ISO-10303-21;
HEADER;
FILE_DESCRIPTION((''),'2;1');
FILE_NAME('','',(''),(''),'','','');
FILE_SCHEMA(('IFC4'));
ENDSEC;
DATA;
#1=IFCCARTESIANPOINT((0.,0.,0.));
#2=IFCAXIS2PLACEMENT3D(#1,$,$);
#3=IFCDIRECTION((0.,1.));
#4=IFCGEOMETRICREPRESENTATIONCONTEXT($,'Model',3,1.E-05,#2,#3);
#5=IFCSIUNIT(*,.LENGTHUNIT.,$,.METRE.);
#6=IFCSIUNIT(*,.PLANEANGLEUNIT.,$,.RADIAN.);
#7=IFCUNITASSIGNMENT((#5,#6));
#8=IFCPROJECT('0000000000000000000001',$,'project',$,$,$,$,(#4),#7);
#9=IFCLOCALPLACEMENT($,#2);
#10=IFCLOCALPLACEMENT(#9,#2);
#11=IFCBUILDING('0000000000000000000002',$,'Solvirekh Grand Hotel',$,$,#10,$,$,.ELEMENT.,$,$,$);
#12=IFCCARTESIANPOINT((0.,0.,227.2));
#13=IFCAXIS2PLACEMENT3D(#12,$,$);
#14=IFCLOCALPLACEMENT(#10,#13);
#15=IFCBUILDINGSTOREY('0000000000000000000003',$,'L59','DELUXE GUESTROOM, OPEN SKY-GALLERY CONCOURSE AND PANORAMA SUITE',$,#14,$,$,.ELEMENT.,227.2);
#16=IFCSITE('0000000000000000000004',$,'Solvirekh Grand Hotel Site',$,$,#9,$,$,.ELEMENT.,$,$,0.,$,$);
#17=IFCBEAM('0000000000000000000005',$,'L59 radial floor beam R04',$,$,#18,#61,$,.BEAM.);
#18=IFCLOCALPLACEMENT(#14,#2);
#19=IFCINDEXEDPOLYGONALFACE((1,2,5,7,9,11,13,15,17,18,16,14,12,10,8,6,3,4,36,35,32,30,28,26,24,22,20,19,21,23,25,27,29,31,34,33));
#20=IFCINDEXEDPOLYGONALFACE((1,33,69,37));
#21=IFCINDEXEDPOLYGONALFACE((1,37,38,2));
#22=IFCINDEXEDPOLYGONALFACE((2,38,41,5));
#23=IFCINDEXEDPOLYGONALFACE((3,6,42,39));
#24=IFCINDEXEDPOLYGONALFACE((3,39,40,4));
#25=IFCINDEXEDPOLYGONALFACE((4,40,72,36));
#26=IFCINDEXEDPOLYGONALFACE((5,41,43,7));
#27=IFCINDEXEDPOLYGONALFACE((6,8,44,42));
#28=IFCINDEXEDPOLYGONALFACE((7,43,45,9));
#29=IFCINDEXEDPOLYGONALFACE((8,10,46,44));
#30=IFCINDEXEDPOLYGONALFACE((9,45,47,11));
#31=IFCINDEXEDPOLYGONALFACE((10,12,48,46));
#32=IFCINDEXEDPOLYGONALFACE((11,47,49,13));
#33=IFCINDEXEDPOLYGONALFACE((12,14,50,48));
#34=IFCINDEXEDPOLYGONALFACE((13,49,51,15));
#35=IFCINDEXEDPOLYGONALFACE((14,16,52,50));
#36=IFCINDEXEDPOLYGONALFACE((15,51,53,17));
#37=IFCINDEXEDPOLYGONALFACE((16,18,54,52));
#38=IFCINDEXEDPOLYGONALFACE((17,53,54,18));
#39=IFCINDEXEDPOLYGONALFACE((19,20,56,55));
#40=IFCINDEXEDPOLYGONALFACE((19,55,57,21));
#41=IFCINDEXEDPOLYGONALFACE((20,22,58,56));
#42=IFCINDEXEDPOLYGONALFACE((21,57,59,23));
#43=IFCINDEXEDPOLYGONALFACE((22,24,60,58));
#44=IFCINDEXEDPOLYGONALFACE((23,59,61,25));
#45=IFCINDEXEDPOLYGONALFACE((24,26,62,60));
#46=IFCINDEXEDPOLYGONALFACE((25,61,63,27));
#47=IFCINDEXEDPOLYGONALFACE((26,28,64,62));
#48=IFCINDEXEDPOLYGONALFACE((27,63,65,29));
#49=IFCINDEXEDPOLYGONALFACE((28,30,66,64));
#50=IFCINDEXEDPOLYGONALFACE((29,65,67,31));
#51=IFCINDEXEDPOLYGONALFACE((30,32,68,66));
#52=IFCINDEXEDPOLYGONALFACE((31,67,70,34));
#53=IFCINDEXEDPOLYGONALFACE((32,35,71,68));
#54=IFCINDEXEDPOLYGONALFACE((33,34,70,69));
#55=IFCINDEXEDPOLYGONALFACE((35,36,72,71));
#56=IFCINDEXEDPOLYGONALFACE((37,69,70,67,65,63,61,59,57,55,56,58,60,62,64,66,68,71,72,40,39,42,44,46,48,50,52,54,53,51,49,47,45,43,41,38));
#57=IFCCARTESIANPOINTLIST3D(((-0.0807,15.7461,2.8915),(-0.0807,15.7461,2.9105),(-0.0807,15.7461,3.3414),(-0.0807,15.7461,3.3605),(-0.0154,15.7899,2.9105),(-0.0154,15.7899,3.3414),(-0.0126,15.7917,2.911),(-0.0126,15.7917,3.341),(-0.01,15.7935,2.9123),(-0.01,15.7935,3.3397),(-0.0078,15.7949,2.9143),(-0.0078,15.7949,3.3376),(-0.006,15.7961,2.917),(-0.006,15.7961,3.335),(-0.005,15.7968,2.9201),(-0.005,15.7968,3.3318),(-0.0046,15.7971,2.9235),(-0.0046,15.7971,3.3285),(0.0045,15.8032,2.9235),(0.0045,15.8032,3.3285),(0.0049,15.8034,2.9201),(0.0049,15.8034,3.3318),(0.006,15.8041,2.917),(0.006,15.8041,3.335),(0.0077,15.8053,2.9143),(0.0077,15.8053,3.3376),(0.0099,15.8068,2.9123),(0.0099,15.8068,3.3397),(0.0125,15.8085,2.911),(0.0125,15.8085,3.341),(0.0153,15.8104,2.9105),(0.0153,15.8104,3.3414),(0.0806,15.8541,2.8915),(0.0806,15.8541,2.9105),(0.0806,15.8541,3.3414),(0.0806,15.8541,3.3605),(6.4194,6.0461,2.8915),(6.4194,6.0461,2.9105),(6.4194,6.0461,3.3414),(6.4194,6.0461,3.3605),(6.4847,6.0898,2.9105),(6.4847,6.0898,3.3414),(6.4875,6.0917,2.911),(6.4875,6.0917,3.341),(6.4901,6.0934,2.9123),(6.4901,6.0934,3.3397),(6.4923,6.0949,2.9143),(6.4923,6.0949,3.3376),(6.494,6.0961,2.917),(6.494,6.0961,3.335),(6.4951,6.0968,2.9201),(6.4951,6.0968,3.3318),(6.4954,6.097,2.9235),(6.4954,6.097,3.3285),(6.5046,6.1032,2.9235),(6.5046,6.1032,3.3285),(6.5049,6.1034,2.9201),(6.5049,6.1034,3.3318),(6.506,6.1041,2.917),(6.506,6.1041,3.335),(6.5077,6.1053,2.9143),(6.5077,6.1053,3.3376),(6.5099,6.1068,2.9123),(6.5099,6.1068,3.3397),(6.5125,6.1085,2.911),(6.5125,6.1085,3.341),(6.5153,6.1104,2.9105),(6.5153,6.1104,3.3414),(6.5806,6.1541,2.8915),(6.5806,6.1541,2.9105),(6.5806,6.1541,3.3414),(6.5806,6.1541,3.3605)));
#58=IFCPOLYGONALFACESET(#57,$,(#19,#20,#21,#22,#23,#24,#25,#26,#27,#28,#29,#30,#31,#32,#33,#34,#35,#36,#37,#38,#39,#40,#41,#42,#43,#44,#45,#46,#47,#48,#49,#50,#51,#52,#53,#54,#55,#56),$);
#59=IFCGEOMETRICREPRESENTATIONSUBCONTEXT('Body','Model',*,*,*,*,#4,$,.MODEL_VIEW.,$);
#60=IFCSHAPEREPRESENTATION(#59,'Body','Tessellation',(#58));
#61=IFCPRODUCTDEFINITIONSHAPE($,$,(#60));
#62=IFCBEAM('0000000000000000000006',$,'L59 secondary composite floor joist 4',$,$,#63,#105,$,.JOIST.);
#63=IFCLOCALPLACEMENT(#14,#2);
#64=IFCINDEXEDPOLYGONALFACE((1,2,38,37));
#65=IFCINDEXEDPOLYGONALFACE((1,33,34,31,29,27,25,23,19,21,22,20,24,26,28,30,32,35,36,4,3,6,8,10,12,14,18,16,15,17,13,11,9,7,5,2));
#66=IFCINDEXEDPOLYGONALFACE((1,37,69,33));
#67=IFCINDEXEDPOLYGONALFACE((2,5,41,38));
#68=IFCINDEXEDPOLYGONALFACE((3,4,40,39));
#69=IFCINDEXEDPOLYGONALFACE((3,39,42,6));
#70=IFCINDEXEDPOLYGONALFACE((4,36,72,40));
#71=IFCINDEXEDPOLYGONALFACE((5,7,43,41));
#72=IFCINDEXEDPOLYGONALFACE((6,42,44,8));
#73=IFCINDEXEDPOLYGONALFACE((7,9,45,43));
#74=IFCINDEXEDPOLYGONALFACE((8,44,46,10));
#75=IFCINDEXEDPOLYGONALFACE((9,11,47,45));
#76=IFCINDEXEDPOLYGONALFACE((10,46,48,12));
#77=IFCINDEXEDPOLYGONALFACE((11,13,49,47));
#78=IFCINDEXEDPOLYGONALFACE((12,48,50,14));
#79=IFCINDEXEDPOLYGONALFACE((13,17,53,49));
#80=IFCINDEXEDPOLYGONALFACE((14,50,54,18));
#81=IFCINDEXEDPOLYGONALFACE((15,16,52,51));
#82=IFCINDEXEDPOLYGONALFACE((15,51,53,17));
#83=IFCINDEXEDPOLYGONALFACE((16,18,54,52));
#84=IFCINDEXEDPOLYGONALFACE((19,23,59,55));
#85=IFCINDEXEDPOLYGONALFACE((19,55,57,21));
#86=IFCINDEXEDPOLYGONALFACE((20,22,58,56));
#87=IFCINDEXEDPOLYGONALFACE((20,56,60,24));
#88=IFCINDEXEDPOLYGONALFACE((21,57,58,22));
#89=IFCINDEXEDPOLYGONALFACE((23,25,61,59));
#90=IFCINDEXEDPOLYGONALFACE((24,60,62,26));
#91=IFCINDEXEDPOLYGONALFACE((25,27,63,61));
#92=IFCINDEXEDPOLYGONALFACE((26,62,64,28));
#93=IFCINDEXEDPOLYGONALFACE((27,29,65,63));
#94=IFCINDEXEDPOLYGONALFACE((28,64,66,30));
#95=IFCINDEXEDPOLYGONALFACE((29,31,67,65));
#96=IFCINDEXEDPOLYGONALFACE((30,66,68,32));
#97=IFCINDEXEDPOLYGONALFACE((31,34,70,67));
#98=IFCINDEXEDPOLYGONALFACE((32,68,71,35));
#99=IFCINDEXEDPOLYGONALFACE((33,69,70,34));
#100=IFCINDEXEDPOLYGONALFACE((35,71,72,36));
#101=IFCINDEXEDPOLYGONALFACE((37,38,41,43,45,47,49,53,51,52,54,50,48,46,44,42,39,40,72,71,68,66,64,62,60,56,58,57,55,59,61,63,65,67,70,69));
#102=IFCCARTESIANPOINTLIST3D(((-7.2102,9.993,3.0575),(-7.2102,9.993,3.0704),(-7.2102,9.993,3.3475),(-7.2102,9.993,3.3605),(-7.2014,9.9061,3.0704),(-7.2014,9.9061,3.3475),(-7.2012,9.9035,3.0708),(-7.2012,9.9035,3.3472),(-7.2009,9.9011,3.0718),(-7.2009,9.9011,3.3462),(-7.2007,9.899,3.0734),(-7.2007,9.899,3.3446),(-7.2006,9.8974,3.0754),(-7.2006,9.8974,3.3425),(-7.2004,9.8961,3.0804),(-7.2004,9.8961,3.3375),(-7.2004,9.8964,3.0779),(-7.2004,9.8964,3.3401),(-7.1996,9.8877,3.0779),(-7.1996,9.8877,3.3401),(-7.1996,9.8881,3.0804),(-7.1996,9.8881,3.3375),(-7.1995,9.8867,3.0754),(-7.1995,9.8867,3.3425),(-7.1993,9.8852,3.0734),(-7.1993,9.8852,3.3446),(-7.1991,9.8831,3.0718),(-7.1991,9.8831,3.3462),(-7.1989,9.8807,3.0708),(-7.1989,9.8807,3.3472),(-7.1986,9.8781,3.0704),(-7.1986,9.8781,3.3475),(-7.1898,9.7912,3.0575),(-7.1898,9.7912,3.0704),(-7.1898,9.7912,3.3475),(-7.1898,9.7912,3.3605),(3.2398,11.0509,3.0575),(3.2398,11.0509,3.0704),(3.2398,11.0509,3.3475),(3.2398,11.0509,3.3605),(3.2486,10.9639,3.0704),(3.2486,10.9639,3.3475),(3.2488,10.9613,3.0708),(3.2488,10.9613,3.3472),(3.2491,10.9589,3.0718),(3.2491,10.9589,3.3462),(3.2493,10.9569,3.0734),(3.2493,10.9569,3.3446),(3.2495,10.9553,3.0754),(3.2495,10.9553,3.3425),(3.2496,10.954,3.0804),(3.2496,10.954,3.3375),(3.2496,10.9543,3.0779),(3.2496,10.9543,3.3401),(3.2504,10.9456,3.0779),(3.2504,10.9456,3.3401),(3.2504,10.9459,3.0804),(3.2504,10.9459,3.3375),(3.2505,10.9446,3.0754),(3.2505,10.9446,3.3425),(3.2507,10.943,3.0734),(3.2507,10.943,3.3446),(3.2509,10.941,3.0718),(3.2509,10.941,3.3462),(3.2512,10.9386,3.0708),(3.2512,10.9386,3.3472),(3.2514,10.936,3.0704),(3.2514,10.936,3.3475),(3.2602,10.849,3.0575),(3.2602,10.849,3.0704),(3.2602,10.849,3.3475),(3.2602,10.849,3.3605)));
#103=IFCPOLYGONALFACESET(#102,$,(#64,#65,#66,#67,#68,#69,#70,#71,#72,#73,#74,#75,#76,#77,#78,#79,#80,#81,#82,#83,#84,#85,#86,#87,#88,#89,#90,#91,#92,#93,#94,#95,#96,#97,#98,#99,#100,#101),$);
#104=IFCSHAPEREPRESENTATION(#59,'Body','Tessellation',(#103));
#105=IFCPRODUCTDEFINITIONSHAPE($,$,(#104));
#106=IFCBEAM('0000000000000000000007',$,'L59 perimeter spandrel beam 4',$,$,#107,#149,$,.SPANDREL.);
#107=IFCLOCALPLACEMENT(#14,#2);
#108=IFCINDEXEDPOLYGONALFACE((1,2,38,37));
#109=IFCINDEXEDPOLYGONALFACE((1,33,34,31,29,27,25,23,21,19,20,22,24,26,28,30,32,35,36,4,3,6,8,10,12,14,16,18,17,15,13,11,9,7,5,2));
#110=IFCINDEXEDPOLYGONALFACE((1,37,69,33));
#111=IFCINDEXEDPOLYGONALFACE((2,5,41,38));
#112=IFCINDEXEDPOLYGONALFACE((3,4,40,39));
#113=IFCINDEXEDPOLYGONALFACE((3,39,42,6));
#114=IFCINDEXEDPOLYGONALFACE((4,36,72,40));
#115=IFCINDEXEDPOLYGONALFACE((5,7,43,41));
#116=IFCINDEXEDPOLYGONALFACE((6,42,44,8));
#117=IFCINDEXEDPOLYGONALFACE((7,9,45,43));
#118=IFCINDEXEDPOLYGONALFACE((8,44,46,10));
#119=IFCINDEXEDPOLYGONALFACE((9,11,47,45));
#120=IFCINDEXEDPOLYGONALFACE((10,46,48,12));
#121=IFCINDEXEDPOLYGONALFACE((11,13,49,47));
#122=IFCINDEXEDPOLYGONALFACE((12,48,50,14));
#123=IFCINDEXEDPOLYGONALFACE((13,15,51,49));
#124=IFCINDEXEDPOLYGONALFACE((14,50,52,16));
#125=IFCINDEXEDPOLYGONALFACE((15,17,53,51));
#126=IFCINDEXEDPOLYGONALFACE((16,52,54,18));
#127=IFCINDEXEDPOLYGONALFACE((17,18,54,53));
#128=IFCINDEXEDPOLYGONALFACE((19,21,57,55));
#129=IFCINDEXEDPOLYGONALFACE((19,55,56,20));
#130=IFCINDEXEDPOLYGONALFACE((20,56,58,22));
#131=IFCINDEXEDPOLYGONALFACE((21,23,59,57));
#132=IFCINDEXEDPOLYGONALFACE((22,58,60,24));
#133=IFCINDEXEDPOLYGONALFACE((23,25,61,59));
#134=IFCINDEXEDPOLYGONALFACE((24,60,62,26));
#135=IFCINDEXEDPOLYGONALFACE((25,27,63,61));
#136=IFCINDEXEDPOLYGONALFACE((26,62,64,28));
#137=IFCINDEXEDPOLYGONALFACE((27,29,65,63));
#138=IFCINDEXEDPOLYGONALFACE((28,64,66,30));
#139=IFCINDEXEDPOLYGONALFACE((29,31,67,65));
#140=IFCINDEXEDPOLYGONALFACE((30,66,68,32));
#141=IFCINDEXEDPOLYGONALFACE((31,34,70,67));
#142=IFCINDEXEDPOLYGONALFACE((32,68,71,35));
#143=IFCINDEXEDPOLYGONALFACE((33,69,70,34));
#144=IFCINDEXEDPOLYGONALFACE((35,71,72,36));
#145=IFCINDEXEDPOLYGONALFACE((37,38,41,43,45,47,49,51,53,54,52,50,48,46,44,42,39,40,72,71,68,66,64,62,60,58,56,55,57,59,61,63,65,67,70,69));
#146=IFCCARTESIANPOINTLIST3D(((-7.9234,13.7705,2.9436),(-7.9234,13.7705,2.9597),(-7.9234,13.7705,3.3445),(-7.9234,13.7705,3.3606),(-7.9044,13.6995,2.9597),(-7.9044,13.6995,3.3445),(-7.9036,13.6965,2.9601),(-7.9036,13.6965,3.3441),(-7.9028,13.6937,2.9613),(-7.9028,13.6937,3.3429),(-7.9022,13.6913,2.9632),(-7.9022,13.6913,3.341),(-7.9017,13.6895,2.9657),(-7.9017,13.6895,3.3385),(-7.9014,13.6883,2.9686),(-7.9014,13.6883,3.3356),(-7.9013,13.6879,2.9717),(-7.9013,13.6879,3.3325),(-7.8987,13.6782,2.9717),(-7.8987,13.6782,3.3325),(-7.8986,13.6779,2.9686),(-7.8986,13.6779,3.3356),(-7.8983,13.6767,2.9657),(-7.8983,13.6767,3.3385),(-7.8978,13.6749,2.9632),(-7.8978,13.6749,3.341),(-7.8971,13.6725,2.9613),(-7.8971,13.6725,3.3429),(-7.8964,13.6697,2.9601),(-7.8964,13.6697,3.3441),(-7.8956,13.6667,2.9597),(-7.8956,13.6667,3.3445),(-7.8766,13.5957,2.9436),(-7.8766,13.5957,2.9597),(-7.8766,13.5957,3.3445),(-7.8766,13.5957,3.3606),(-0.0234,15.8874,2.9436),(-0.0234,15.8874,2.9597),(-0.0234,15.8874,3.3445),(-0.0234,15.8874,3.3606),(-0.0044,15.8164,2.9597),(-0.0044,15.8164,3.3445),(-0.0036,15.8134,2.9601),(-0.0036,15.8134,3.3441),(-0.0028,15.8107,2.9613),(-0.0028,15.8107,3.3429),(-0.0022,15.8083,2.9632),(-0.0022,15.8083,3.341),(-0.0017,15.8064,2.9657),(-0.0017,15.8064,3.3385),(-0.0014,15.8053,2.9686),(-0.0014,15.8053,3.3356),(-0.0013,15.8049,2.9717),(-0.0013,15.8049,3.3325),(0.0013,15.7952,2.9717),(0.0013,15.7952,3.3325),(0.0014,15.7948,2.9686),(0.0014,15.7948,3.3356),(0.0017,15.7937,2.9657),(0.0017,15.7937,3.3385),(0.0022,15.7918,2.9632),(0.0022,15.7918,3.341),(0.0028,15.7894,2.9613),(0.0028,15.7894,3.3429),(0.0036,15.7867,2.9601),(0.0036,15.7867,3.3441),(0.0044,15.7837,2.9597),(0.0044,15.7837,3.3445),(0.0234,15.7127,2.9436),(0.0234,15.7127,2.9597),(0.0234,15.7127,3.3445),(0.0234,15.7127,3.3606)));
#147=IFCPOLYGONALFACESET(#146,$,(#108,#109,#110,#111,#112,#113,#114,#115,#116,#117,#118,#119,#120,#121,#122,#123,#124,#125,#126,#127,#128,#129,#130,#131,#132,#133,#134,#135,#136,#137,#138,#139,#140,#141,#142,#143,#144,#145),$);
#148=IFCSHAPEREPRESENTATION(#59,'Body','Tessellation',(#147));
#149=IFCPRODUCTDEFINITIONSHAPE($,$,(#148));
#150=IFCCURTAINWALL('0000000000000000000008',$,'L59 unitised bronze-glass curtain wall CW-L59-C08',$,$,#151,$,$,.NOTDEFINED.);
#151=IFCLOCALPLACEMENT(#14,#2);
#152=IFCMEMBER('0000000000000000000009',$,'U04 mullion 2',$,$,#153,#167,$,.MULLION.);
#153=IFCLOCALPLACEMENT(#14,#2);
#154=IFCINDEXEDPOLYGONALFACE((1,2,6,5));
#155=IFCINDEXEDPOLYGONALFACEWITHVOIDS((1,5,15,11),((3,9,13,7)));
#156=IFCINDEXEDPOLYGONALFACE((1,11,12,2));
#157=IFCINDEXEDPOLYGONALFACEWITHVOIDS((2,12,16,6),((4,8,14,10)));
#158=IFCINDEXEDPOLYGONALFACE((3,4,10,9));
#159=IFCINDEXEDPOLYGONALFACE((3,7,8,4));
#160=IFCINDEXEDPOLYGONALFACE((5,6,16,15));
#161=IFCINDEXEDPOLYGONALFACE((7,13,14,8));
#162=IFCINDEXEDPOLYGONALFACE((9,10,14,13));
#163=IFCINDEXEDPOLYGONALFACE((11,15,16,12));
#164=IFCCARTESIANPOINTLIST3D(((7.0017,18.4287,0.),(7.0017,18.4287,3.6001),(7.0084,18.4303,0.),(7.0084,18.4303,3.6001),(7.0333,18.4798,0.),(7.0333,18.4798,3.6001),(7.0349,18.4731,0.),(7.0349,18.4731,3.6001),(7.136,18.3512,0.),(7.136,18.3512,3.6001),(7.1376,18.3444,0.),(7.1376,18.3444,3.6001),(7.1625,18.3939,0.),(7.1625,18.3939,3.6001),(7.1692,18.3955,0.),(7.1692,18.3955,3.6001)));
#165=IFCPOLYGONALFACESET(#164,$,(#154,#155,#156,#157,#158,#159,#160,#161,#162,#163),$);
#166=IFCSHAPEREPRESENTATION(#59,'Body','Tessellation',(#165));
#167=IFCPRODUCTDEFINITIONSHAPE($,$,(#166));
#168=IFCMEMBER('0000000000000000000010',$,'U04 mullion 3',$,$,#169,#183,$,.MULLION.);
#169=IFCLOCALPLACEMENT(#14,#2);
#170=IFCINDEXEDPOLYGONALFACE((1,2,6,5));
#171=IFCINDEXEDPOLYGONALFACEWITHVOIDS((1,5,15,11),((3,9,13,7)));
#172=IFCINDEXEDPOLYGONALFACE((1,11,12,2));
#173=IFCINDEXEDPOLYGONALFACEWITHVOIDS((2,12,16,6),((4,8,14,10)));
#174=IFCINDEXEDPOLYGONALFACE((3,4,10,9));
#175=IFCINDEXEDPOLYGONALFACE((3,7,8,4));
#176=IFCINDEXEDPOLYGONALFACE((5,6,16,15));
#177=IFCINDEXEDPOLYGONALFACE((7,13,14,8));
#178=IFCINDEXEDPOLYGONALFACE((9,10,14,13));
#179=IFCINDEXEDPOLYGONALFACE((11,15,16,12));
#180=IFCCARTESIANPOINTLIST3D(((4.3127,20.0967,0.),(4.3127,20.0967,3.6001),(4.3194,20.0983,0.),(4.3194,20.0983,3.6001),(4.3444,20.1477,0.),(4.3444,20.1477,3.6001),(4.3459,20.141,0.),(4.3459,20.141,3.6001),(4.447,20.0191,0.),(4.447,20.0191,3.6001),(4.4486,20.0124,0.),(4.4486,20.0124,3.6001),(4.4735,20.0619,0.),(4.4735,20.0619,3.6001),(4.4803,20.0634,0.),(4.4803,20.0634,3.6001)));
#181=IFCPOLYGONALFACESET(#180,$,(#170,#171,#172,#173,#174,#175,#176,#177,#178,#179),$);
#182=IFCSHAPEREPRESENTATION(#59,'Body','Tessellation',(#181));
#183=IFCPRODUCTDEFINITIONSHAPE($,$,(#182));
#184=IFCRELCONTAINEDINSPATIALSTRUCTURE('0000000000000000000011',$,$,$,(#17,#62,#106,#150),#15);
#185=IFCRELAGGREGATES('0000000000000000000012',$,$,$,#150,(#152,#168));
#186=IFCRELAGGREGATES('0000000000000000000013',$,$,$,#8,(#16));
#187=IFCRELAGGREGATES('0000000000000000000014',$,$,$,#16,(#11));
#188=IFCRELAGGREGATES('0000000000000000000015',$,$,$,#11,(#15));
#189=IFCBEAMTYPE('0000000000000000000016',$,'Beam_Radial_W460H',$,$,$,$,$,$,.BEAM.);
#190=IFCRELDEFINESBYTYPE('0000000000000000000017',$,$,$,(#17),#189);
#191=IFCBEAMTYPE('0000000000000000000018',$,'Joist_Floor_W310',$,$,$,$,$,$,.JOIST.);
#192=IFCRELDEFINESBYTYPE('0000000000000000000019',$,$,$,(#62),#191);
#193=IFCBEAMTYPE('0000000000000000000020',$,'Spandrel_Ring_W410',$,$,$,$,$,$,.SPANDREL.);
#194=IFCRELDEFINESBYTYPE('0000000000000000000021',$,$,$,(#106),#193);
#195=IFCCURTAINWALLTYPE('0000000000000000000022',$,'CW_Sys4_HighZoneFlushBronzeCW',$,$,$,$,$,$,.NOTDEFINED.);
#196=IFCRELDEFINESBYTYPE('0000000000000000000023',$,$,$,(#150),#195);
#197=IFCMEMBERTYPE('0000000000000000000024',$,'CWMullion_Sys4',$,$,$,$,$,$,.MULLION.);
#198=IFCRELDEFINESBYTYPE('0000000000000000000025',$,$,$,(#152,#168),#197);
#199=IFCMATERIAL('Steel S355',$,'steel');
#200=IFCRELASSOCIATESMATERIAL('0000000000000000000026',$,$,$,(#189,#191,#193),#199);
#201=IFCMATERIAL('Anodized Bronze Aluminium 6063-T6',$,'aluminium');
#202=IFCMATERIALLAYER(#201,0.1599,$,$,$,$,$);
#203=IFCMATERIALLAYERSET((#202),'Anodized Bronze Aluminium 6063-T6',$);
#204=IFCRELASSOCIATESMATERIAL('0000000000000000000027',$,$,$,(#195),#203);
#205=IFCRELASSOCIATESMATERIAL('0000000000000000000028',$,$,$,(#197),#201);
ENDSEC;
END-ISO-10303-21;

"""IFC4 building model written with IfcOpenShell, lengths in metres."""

from ifc_helpers import new_model, si_unit, direction, frame, origin, origin_2d, place, context, subcontext, project, spatial, hollow_rectangle, i_section, extrude, source, transform, mapped, material, layer, layer_set, material_profile, profile_set, type_object, element, aggregate, save


model = new_model("IFC4")

# Units and contexts
model_context = context("Model", 3, precision=1e-05, world=origin(), true_north=direction((0.0, 1.0)))
body_context = subcontext(model_context, "Body", "Model", "MODEL_VIEW")
ifc_project = project(units=[si_unit("LENGTHUNIT", "METRE"), si_unit("PLANEANGLEUNIT", "RADIAN")], contexts=[model_context])

# Site, building, storey
site_placement = place(None, origin())
site = spatial("IfcSite", under=ifc_project, at=site_placement, Name="Solvirekh Grand Hotel Site", CompositionType="ELEMENT", RefElevation=0.0)
building_placement = place(site_placement, origin())
building = spatial("IfcBuilding", under=site, at=building_placement, Name="Solvirekh Grand Hotel", CompositionType="ELEMENT")
storey_placement = place(building_placement, frame((0.0, 0.0, 227.2)))
storey = spatial("IfcBuildingStorey", under=building, at=storey_placement, Name="L59", Description="DELUXE GUESTROOM, OPEN SKY-GALLERY CONCOURSE AND PANORAMA SUITE", CompositionType="ELEMENT", Elevation=227.2)

# Beams
ifc_material_1 = material(Name="Steel S355", Category="steel")
ifc_material_profile_1 = material_profile(ifc_material_1, i_section(OverallWidth=0.1941, OverallDepth=0.469, WebThickness=0.011, FlangeThickness=0.019, FilletRadius=0.0129, at=origin_2d()), Name="W460X106")
ifc_profile_set_1 = profile_set([ifc_material_profile_1], Name="Steel S355")
beam_type_1 = type_object("IfcBeamType", Name="Beam_Radial_W460H", PredefinedType="BEAM", material=ifc_profile_set_1)
beam_1_placement = place(storey_placement, frame((6.5, 6.1001, 3.126), z_axis=(-0.556677, 0.830729, 0.0), x_axis=(-0.830729, -0.556677, 0.0)))
element("IfcBeam", 1, at=beam_1_placement, inside=storey, type_object=beam_type_1, Name="L59 radial floor beam R04", PredefinedType="BEAM", context=body_context, shape_type="SweptSolid", body=[
    extrude(i_section(OverallWidth=0.1941, OverallDepth=0.469, WebThickness=0.011, FlangeThickness=0.019, FilletRadius=0.0129, at=origin_2d()), origin(), (0.0, 0.0, 1.0), 11.6765),
])
ifc_material_profile_2 = material_profile(ifc_material_1, i_section(OverallWidth=0.2029, OverallDepth=0.303, WebThickness=0.0081, FlangeThickness=0.0129, FilletRadius=0.01, at=origin_2d()), Name="W310X60")
ifc_profile_set_2 = profile_set([ifc_material_profile_2], Name="Steel S355")
beam_type_2 = type_object("IfcBeamType", Name="Joist_Floor_W310", PredefinedType="JOIST", material=ifc_profile_set_2)
beam_2_placement = place(storey_placement, frame((3.25, 10.95, 3.209), z_axis=(-0.994915, -0.100716, 0.0), x_axis=(0.100716, -0.994915, 0.0)))
element("IfcBeam", 2, at=beam_2_placement, inside=storey, type_object=beam_type_2, Name="L59 secondary composite floor joist 4", PredefinedType="JOIST", context=body_context, shape_type="SweptSolid", body=[
    extrude(i_section(OverallWidth=0.2029, OverallDepth=0.303, WebThickness=0.0081, FlangeThickness=0.0129, FilletRadius=0.01, at=origin_2d()), origin(), (0.0, 0.0, 1.0), 10.5034),
])
ifc_material_profile_3 = material_profile(ifc_material_1, i_section(OverallWidth=0.1809, OverallDepth=0.417, WebThickness=0.01, FlangeThickness=0.0161, FilletRadius=0.012, at=origin_2d()), Name="W410X85")
ifc_profile_set_3 = profile_set([ifc_material_profile_3], Name="Steel S355")
beam_type_3 = type_object("IfcBeamType", Name="Spandrel_Ring_W410", PredefinedType="SPANDREL", material=ifc_profile_set_3)
beam_3_placement = place(storey_placement, frame((0.0, 15.8, 3.1521), z_axis=(-0.965921, -0.258839, 0.0), x_axis=(0.258839, -0.965921, 0.0)))
element("IfcBeam", 3, at=beam_3_placement, inside=storey, type_object=beam_type_3, Name="L59 perimeter spandrel beam 4", PredefinedType="SPANDREL", context=body_context, shape_type="SweptSolid", body=[
    extrude(i_section(OverallWidth=0.1809, OverallDepth=0.417, WebThickness=0.01, FlangeThickness=0.0161, FilletRadius=0.012, at=origin_2d()), origin(), (0.0, 0.0, 1.0), 8.1787),
])

# Curtain wall, members
ifc_material_2 = material(Name="Anodized Bronze Aluminium 6063-T6", Category="aluminium")
ifc_layer_1 = layer(ifc_material_2, 0.1599)
ifc_layer_set_1 = layer_set([ifc_layer_1], Name="Anodized Bronze Aluminium 6063-T6")
curtain_wall_type = type_object("IfcCurtainWallType", Name="CW_Sys4_HighZoneFlushBronzeCW", PredefinedType="NOTDEFINED", material=ifc_layer_set_1)
curtain_wall_placement = place(storey_placement, origin())
curtain_wall = element("IfcCurtainWall", 4, at=curtain_wall_placement, inside=storey, type_object=curtain_wall_type, Name="L59 unitised bronze-glass curtain wall CW-L59-C08", PredefinedType="NOTDEFINED")
ifc_material_profile_4 = material_profile(ifc_material_2, hollow_rectangle(XDim=0.0601, YDim=0.1599, WallThickness=0.0049, at=origin_2d()), Name="ALU RHS 160X60X5")
ifc_profile_set_4 = profile_set([ifc_material_profile_4], Name="Anodized Bronze Aluminium 6063-T6")
member_type_1 = type_object("IfcMemberType", Name="CWMullion_Sys4", PredefinedType="MULLION", material=ifc_profile_set_4)
shared_shape_1 = source(origin(), body_context, "Body", "SweptSolid", [
    extrude(hollow_rectangle(XDim=0.0601, YDim=0.1599, WallThickness=0.0049, at=origin_2d()), origin(), (0.0, 0.0, 1.0), 3.6001),
])
member_1_placement = place(storey_placement, frame((7.0854, 18.4121, 0.0), z_axis=(0.0, 0.0, 1.0), x_axis=(-0.527168, -0.849761, 0.0)))
member_1 = element("IfcMember", 5, at=member_1_placement, type_object=member_type_1, Name="U04 mullion 2", PredefinedType="MULLION", context=body_context, shape_type="MappedRepresentation", body=[
    mapped(shared_shape_1, transform((0.0, 0.0, 0.0), x_axis=(1.0, 0.0, 0.0), y_axis=(0.0, 1.0, 0.0), z_axis=(0.0, 0.0, 1.0), scale=1.0)),
])
member_2_placement = place(storey_placement, frame((4.3965, 20.0801, 0.0), z_axis=(0.0, 0.0, 1.0), x_axis=(-0.527168, -0.849761, 0.0)))
member_2 = element("IfcMember", 6, at=member_2_placement, type_object=member_type_1, Name="U04 mullion 3", PredefinedType="MULLION", context=body_context, shape_type="MappedRepresentation", body=[
    mapped(shared_shape_1, transform((0.0, 0.0, 0.0), x_axis=(1.0, 0.0, 0.0), y_axis=(0.0, 1.0, 0.0), z_axis=(0.0, 0.0, 1.0), scale=1.0)),
])
aggregate(curtain_wall, [member_1, member_2])

save(model, "model.ifc")
